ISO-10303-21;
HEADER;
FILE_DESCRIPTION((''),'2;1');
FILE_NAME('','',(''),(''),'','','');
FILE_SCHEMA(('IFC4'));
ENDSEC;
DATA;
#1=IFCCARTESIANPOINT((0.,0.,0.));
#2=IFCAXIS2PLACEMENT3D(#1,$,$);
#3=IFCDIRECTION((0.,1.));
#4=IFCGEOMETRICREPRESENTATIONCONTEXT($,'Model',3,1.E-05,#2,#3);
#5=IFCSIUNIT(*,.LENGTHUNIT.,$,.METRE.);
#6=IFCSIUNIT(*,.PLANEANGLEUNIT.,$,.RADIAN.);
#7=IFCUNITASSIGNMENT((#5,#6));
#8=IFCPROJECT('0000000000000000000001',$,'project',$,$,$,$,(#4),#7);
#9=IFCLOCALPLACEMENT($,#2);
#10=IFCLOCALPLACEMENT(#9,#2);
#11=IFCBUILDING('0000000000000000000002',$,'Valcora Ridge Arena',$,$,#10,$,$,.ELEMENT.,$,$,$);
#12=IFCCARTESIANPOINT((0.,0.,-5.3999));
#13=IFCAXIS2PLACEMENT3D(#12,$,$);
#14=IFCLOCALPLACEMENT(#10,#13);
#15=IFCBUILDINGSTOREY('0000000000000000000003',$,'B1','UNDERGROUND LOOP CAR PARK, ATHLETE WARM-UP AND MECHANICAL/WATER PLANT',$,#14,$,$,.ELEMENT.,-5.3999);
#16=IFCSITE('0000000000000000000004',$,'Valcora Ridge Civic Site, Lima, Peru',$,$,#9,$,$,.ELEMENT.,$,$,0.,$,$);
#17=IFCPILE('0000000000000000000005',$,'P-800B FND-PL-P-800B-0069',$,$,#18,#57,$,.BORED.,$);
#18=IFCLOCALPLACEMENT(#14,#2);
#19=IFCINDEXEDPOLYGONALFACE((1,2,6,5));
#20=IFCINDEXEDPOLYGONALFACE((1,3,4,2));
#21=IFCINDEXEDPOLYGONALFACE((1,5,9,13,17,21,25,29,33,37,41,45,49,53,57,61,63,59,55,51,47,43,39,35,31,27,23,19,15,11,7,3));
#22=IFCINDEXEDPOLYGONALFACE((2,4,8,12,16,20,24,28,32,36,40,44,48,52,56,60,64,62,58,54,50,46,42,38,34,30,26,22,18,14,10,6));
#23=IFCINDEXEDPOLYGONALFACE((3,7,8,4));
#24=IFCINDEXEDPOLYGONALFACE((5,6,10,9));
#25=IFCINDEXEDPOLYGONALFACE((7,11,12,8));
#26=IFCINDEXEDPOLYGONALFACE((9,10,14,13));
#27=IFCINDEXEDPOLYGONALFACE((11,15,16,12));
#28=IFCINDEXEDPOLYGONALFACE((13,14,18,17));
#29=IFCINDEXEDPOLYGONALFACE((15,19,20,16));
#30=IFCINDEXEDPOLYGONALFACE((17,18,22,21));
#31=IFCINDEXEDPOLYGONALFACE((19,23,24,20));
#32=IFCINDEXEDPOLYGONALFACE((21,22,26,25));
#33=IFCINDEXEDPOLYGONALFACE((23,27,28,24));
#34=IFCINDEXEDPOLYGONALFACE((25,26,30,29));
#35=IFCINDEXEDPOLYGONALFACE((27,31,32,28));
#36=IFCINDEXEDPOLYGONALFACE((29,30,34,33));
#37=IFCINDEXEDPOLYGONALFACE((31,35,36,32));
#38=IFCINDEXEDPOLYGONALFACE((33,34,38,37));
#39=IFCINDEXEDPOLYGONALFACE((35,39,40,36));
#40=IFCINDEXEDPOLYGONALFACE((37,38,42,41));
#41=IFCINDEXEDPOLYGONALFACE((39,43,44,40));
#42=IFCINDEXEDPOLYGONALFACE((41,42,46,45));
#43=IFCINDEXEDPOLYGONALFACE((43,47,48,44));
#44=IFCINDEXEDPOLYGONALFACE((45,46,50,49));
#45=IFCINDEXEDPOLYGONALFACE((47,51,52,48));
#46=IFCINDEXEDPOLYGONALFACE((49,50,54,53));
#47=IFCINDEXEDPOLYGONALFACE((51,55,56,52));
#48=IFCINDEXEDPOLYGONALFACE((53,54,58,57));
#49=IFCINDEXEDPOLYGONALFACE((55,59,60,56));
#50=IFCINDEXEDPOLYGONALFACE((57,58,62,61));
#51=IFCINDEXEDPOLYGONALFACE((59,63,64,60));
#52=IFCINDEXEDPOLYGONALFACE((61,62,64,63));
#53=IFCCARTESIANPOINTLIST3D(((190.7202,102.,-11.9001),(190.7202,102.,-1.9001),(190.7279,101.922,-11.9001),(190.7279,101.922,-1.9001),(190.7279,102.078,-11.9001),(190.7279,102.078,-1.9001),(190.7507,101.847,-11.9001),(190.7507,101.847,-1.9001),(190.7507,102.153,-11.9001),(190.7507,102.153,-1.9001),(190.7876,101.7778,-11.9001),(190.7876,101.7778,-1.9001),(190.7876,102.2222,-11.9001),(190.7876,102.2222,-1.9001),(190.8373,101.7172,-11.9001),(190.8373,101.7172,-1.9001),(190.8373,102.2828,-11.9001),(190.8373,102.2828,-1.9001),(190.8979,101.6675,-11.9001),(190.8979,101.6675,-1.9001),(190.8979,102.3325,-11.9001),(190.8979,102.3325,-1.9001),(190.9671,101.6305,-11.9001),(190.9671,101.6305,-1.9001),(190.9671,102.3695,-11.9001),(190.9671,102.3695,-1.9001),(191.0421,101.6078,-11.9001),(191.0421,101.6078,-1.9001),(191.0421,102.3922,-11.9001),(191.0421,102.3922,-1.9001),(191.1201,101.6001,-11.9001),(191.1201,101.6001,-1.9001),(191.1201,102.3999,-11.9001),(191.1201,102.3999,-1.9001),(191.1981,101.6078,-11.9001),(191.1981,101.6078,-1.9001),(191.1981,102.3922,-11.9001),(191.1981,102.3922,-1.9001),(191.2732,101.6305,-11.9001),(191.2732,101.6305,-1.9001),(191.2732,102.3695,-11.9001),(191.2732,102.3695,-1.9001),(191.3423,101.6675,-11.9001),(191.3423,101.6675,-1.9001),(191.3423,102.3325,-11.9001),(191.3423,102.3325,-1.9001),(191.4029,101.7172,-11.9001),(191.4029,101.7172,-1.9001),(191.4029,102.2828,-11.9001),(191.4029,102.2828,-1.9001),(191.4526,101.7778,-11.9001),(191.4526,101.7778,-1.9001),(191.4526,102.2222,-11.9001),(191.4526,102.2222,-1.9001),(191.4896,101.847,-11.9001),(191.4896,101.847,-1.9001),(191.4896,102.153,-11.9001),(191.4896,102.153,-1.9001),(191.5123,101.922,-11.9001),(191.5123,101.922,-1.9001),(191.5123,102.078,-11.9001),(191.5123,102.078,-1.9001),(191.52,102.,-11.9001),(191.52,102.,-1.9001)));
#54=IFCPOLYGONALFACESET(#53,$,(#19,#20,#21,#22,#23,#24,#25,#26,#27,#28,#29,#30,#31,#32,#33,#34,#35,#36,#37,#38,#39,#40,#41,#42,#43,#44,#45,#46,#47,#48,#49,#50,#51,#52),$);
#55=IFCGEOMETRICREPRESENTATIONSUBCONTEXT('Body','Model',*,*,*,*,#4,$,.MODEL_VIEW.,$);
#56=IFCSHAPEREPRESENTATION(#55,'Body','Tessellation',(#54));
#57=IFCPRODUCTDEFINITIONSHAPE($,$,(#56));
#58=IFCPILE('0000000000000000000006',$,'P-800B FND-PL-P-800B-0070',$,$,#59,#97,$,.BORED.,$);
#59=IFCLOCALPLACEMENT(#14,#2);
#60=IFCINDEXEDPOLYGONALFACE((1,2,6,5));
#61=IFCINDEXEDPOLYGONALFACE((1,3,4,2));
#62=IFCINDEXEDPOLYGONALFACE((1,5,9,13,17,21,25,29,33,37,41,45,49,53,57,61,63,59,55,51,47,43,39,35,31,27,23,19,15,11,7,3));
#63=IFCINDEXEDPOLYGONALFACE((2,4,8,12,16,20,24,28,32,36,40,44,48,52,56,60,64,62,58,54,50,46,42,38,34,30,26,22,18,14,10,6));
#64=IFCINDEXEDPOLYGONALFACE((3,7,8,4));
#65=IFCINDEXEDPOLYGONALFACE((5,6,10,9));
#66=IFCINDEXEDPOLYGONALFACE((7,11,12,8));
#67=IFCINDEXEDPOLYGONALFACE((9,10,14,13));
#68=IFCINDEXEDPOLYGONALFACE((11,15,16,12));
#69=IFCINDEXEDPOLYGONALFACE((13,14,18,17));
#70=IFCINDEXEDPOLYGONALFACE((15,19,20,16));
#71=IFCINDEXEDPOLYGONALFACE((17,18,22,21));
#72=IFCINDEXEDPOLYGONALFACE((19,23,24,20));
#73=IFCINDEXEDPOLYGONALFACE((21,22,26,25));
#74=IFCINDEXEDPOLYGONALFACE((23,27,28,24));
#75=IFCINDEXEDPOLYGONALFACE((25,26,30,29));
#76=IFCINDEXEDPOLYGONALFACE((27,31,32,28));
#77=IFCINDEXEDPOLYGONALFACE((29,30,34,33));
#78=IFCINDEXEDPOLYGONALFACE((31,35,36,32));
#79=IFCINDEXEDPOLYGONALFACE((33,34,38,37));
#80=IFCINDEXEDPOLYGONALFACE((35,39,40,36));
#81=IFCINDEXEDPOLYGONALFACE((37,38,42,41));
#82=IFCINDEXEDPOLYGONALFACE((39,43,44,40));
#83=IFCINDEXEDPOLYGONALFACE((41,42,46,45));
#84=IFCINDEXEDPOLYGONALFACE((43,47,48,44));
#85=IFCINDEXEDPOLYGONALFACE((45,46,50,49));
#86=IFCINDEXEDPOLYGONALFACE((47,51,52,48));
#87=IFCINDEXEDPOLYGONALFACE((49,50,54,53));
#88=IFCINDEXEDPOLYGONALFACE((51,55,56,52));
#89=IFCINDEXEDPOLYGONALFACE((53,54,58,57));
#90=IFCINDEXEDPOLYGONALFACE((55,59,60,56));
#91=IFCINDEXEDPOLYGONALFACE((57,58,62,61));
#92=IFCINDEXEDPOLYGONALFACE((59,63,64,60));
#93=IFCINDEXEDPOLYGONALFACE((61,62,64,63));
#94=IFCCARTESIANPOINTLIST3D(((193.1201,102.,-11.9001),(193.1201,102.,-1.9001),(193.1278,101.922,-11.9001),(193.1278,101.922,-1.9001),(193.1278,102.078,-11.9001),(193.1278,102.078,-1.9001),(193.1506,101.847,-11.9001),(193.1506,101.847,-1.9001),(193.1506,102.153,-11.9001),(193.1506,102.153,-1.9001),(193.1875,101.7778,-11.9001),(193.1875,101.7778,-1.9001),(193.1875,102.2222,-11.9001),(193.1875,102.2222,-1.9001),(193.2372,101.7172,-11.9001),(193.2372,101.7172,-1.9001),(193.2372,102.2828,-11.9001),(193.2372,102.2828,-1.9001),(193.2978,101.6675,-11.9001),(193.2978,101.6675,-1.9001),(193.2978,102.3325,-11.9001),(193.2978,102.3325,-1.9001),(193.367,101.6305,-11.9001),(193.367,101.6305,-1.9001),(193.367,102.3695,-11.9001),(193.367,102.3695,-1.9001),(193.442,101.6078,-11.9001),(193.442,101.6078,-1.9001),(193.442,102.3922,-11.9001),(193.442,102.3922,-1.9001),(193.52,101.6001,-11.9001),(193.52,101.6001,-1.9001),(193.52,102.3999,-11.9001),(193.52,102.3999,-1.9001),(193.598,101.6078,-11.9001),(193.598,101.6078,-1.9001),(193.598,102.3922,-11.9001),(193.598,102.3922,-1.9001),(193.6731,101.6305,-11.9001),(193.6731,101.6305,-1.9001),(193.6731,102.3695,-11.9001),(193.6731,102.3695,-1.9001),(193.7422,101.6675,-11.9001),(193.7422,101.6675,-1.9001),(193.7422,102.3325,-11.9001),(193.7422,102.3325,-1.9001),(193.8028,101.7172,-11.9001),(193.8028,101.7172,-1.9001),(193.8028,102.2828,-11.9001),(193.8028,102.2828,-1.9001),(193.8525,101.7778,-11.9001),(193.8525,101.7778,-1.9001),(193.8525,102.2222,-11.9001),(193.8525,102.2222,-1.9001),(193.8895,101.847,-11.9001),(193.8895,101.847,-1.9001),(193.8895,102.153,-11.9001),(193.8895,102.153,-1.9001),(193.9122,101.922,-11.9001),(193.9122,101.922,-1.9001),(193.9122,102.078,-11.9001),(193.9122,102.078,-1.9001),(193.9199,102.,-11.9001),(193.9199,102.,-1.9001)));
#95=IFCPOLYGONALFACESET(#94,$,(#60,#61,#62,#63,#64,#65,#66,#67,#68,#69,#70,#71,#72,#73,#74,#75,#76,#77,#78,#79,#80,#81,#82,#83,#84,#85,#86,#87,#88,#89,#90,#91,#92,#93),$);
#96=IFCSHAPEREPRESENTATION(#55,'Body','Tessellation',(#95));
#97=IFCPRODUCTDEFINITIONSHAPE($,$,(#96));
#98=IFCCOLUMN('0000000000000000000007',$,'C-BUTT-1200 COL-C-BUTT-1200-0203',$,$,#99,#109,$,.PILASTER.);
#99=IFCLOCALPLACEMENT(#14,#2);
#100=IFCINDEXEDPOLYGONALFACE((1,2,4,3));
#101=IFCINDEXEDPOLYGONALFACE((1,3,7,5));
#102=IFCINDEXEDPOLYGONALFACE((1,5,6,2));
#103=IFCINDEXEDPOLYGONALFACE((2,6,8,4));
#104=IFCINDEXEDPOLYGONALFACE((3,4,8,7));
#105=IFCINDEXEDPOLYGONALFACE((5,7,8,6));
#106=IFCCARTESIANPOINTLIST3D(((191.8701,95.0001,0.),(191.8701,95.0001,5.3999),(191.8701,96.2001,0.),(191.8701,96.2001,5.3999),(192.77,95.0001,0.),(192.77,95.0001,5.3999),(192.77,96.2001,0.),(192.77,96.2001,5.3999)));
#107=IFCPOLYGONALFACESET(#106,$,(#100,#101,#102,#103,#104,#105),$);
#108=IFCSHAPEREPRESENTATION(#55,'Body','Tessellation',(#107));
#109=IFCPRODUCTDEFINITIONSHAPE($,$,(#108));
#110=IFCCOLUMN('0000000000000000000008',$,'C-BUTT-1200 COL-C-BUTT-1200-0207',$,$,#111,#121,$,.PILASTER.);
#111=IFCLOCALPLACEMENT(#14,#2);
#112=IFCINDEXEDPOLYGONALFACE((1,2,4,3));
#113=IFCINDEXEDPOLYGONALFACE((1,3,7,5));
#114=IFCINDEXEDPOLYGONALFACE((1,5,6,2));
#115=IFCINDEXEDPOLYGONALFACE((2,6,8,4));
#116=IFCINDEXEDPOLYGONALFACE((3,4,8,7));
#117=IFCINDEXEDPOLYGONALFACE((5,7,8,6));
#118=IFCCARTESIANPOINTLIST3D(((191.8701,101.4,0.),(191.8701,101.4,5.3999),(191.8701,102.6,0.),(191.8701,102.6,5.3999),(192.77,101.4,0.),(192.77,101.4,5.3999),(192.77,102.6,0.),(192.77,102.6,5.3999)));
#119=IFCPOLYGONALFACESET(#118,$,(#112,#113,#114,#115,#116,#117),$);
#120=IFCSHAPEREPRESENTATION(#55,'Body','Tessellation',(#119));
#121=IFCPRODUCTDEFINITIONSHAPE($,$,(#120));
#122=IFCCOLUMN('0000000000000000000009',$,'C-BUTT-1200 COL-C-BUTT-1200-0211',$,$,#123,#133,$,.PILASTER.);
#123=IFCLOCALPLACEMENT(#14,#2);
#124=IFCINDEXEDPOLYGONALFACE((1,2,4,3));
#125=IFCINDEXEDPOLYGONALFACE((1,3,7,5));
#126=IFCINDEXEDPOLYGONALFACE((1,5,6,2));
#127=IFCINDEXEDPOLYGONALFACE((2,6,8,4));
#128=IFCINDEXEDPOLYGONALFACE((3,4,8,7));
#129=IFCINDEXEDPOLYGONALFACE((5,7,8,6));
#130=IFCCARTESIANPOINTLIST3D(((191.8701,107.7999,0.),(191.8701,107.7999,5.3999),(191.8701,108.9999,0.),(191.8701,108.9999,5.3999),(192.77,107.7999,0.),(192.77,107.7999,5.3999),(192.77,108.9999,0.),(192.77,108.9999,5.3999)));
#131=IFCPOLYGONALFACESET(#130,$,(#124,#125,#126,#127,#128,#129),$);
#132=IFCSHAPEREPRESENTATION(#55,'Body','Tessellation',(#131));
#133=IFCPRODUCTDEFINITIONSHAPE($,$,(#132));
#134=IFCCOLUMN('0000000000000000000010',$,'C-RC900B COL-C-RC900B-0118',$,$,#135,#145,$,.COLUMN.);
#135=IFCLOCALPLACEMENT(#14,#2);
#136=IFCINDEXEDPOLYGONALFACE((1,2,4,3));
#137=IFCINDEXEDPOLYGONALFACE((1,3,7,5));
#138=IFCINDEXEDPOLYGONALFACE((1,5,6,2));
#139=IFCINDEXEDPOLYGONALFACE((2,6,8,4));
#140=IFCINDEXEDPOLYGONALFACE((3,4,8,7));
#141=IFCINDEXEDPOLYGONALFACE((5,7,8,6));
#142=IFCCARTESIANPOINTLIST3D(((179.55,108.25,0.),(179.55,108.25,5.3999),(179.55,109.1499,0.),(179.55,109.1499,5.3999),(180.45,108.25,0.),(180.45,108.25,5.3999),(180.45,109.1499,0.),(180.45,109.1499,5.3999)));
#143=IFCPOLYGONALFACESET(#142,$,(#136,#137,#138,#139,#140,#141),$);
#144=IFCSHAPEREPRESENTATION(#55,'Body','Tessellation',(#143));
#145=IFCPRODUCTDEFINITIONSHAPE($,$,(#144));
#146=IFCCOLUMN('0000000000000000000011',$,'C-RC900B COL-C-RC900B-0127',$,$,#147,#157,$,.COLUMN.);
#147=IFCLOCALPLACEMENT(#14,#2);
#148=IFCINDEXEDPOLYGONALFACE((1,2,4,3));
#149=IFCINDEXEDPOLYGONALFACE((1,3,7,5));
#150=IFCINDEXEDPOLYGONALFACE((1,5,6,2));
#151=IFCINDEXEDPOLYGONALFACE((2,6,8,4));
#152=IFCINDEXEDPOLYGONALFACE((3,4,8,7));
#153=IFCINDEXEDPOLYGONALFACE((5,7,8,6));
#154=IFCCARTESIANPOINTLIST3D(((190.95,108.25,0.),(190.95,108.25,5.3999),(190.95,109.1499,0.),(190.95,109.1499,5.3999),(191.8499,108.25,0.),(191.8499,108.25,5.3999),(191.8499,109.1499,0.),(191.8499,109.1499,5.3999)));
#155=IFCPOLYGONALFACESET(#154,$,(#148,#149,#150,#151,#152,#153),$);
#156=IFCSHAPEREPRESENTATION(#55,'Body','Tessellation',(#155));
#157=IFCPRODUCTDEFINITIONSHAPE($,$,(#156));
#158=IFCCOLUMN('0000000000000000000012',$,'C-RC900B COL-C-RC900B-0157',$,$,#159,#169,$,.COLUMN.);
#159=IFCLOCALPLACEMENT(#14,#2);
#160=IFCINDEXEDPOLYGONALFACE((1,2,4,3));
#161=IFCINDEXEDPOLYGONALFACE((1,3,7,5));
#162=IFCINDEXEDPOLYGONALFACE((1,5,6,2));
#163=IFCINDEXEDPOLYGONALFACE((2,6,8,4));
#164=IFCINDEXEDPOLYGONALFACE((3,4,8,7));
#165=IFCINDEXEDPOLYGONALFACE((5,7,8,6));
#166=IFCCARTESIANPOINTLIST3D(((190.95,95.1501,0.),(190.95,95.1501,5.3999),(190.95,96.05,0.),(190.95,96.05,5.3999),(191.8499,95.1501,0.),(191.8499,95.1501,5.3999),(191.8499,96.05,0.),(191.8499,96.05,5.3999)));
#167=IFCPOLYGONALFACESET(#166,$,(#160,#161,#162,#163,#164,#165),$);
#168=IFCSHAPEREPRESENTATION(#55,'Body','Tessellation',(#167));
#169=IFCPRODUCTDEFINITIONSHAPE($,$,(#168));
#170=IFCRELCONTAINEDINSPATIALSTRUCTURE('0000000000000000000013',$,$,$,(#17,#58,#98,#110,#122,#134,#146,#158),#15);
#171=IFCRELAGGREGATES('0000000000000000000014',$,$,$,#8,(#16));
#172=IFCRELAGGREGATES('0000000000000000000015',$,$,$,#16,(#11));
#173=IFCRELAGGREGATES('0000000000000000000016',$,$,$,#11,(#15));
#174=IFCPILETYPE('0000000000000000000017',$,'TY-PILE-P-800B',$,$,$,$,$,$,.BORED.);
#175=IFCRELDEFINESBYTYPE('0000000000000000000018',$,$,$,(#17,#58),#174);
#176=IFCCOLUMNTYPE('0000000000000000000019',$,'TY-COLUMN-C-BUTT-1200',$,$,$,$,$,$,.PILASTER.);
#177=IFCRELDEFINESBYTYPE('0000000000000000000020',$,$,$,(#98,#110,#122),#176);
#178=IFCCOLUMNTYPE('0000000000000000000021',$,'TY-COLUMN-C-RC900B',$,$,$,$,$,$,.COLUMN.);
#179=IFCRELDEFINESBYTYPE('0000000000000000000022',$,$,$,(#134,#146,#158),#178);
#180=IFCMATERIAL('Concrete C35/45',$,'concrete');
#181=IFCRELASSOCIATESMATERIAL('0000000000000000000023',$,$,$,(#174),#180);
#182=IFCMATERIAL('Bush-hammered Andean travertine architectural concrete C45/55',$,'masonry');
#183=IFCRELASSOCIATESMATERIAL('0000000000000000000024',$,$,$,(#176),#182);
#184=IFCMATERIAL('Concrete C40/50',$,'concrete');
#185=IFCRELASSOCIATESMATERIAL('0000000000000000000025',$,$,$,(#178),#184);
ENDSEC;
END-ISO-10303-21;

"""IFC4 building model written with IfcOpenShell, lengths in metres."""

from ifc_helpers import new_model, si_unit, direction, frame, origin, origin_2d, place, context, subcontext, project, spatial, rectangle, circle, extrude, material, material_profile, profile_set, type_object, element, save


model = new_model("IFC4")

# Units and contexts
model_context = context("Model", 3, precision=1e-05, world=origin(), true_north=direction((0.0, 1.0)))
body_context = subcontext(model_context, "Body", "Model", "MODEL_VIEW")
ifc_project = project(units=[si_unit("LENGTHUNIT", "METRE"), si_unit("PLANEANGLEUNIT", "RADIAN")], contexts=[model_context])

# Site, building, storey
site_placement = place(None, origin())
site = spatial("IfcSite", under=ifc_project, at=site_placement, Name="Valcora Ridge Civic Site, Lima, Peru", CompositionType="ELEMENT", RefElevation=0.0)
building_placement = place(site_placement, origin())
building = spatial("IfcBuilding", under=site, at=building_placement, Name="Valcora Ridge Arena", CompositionType="ELEMENT")
storey_placement = place(building_placement, frame((0.0, 0.0, -5.3999)))
storey = spatial("IfcBuildingStorey", under=building, at=storey_placement, Name="B1", Description="UNDERGROUND LOOP CAR PARK, ATHLETE WARM-UP AND MECHANICAL/WATER PLANT", CompositionType="ELEMENT", Elevation=-5.3999)

# Shared definitions
ifc_material_1 = material(Name="Concrete C40/50", Category="concrete")

# Piles
ifc_material_2 = material(Name="Concrete C35/45", Category="concrete")
ifc_material_profile_1 = material_profile(ifc_material_2, circle(Radius=0.3999, at=origin_2d()), Name="BORED PILE D800")
ifc_profile_set_1 = profile_set([ifc_material_profile_1], Name="Concrete C35/45")
pile_type_1 = type_object("IfcPileType", Name="TY-PILE-P-800B", PredefinedType="BORED", material=ifc_profile_set_1)
for number, where, z_axis, x_axis, name in (
    (1, (191.1201, 102.0, -1.9001), (0.0, 0.0, -1.0), (1.0, 0.0, 0.0), "P-800B FND-PL-P-800B-0069"),
    (2, (193.52, 102.0, -1.9001), (0.0, 0.0, -1.0), (1.0, 0.0, 0.0), "P-800B FND-PL-P-800B-0070"),
):
    element("IfcPile", number, at=place(storey_placement, frame(where, z_axis=z_axis, x_axis=x_axis)), inside=storey, type_object=pile_type_1, Name=name, PredefinedType="BORED", context=body_context, shape_type="SweptSolid", body=[
        extrude(circle(Radius=0.3999, at=origin_2d()), origin(), (0.0, 0.0, 1.0), 10.0),
    ])

# Columns
ifc_material_3 = material(Name="Bush-hammered Andean travertine architectural concrete C45/55", Category="masonry")
ifc_material_profile_2 = material_profile(ifc_material_3, rectangle(XDim=0.8999, YDim=1.2, at=origin_2d()), Name="RC 900x1200")
ifc_profile_set_2 = profile_set([ifc_material_profile_2], Name="Bush-hammered Andean travertine architectural concrete C45/55")
column_type_1 = type_object("IfcColumnType", Name="TY-COLUMN-C-BUTT-1200", PredefinedType="PILASTER", material=ifc_profile_set_2)
for number, where, z_axis, x_axis, name in (
    (3, (192.3201, 95.6001, 0.0), (0.0, 0.0, 1.0), (1.0, 0.0, 0.0), "C-BUTT-1200 COL-C-BUTT-1200-0203"),
    (4, (192.3201, 102.0, 0.0), (0.0, 0.0, 1.0), (1.0, 0.0, 0.0), "C-BUTT-1200 COL-C-BUTT-1200-0207"),
    (5, (192.3201, 108.3999, 0.0), (0.0, 0.0, 1.0), (1.0, 0.0, 0.0), "C-BUTT-1200 COL-C-BUTT-1200-0211"),
):
    element("IfcColumn", number, at=place(storey_placement, frame(where, z_axis=z_axis, x_axis=x_axis)), inside=storey, type_object=column_type_1, Name=name, PredefinedType="PILASTER", context=body_context, shape_type="SweptSolid", body=[
        extrude(rectangle(XDim=0.8999, YDim=1.2, at=origin_2d()), origin(), (0.0, 0.0, 1.0), 5.3999),
    ])
ifc_material_profile_3 = material_profile(ifc_material_1, rectangle(XDim=0.8999, YDim=0.8999, at=origin_2d()), Name="RC 900x900")
ifc_profile_set_3 = profile_set([ifc_material_profile_3], Name="Concrete C40/50")
column_type_2 = type_object("IfcColumnType", Name="TY-COLUMN-C-RC900B", PredefinedType="COLUMN", material=ifc_profile_set_3)
for number, where, z_axis, x_axis, name in (
    (6, (180.0, 108.7, 0.0), (0.0, 0.0, 1.0), (1.0, 0.0, 0.0), "C-RC900B COL-C-RC900B-0118"),
    (7, (191.3999, 108.7, 0.0), (0.0, 0.0, 1.0), (1.0, 0.0, 0.0), "C-RC900B COL-C-RC900B-0127"),
    (8, (191.3999, 95.6001, 0.0), (0.0, 0.0, 1.0), (1.0, 0.0, 0.0), "C-RC900B COL-C-RC900B-0157"),
):
    element("IfcColumn", number, at=place(storey_placement, frame(where, z_axis=z_axis, x_axis=x_axis)), inside=storey, type_object=column_type_2, Name=name, PredefinedType="COLUMN", context=body_context, shape_type="SweptSolid", body=[
        extrude(rectangle(XDim=0.8999, YDim=0.8999, at=origin_2d()), origin(), (0.0, 0.0, 1.0), 5.3999),
    ])

save(model, "model.ifc")
